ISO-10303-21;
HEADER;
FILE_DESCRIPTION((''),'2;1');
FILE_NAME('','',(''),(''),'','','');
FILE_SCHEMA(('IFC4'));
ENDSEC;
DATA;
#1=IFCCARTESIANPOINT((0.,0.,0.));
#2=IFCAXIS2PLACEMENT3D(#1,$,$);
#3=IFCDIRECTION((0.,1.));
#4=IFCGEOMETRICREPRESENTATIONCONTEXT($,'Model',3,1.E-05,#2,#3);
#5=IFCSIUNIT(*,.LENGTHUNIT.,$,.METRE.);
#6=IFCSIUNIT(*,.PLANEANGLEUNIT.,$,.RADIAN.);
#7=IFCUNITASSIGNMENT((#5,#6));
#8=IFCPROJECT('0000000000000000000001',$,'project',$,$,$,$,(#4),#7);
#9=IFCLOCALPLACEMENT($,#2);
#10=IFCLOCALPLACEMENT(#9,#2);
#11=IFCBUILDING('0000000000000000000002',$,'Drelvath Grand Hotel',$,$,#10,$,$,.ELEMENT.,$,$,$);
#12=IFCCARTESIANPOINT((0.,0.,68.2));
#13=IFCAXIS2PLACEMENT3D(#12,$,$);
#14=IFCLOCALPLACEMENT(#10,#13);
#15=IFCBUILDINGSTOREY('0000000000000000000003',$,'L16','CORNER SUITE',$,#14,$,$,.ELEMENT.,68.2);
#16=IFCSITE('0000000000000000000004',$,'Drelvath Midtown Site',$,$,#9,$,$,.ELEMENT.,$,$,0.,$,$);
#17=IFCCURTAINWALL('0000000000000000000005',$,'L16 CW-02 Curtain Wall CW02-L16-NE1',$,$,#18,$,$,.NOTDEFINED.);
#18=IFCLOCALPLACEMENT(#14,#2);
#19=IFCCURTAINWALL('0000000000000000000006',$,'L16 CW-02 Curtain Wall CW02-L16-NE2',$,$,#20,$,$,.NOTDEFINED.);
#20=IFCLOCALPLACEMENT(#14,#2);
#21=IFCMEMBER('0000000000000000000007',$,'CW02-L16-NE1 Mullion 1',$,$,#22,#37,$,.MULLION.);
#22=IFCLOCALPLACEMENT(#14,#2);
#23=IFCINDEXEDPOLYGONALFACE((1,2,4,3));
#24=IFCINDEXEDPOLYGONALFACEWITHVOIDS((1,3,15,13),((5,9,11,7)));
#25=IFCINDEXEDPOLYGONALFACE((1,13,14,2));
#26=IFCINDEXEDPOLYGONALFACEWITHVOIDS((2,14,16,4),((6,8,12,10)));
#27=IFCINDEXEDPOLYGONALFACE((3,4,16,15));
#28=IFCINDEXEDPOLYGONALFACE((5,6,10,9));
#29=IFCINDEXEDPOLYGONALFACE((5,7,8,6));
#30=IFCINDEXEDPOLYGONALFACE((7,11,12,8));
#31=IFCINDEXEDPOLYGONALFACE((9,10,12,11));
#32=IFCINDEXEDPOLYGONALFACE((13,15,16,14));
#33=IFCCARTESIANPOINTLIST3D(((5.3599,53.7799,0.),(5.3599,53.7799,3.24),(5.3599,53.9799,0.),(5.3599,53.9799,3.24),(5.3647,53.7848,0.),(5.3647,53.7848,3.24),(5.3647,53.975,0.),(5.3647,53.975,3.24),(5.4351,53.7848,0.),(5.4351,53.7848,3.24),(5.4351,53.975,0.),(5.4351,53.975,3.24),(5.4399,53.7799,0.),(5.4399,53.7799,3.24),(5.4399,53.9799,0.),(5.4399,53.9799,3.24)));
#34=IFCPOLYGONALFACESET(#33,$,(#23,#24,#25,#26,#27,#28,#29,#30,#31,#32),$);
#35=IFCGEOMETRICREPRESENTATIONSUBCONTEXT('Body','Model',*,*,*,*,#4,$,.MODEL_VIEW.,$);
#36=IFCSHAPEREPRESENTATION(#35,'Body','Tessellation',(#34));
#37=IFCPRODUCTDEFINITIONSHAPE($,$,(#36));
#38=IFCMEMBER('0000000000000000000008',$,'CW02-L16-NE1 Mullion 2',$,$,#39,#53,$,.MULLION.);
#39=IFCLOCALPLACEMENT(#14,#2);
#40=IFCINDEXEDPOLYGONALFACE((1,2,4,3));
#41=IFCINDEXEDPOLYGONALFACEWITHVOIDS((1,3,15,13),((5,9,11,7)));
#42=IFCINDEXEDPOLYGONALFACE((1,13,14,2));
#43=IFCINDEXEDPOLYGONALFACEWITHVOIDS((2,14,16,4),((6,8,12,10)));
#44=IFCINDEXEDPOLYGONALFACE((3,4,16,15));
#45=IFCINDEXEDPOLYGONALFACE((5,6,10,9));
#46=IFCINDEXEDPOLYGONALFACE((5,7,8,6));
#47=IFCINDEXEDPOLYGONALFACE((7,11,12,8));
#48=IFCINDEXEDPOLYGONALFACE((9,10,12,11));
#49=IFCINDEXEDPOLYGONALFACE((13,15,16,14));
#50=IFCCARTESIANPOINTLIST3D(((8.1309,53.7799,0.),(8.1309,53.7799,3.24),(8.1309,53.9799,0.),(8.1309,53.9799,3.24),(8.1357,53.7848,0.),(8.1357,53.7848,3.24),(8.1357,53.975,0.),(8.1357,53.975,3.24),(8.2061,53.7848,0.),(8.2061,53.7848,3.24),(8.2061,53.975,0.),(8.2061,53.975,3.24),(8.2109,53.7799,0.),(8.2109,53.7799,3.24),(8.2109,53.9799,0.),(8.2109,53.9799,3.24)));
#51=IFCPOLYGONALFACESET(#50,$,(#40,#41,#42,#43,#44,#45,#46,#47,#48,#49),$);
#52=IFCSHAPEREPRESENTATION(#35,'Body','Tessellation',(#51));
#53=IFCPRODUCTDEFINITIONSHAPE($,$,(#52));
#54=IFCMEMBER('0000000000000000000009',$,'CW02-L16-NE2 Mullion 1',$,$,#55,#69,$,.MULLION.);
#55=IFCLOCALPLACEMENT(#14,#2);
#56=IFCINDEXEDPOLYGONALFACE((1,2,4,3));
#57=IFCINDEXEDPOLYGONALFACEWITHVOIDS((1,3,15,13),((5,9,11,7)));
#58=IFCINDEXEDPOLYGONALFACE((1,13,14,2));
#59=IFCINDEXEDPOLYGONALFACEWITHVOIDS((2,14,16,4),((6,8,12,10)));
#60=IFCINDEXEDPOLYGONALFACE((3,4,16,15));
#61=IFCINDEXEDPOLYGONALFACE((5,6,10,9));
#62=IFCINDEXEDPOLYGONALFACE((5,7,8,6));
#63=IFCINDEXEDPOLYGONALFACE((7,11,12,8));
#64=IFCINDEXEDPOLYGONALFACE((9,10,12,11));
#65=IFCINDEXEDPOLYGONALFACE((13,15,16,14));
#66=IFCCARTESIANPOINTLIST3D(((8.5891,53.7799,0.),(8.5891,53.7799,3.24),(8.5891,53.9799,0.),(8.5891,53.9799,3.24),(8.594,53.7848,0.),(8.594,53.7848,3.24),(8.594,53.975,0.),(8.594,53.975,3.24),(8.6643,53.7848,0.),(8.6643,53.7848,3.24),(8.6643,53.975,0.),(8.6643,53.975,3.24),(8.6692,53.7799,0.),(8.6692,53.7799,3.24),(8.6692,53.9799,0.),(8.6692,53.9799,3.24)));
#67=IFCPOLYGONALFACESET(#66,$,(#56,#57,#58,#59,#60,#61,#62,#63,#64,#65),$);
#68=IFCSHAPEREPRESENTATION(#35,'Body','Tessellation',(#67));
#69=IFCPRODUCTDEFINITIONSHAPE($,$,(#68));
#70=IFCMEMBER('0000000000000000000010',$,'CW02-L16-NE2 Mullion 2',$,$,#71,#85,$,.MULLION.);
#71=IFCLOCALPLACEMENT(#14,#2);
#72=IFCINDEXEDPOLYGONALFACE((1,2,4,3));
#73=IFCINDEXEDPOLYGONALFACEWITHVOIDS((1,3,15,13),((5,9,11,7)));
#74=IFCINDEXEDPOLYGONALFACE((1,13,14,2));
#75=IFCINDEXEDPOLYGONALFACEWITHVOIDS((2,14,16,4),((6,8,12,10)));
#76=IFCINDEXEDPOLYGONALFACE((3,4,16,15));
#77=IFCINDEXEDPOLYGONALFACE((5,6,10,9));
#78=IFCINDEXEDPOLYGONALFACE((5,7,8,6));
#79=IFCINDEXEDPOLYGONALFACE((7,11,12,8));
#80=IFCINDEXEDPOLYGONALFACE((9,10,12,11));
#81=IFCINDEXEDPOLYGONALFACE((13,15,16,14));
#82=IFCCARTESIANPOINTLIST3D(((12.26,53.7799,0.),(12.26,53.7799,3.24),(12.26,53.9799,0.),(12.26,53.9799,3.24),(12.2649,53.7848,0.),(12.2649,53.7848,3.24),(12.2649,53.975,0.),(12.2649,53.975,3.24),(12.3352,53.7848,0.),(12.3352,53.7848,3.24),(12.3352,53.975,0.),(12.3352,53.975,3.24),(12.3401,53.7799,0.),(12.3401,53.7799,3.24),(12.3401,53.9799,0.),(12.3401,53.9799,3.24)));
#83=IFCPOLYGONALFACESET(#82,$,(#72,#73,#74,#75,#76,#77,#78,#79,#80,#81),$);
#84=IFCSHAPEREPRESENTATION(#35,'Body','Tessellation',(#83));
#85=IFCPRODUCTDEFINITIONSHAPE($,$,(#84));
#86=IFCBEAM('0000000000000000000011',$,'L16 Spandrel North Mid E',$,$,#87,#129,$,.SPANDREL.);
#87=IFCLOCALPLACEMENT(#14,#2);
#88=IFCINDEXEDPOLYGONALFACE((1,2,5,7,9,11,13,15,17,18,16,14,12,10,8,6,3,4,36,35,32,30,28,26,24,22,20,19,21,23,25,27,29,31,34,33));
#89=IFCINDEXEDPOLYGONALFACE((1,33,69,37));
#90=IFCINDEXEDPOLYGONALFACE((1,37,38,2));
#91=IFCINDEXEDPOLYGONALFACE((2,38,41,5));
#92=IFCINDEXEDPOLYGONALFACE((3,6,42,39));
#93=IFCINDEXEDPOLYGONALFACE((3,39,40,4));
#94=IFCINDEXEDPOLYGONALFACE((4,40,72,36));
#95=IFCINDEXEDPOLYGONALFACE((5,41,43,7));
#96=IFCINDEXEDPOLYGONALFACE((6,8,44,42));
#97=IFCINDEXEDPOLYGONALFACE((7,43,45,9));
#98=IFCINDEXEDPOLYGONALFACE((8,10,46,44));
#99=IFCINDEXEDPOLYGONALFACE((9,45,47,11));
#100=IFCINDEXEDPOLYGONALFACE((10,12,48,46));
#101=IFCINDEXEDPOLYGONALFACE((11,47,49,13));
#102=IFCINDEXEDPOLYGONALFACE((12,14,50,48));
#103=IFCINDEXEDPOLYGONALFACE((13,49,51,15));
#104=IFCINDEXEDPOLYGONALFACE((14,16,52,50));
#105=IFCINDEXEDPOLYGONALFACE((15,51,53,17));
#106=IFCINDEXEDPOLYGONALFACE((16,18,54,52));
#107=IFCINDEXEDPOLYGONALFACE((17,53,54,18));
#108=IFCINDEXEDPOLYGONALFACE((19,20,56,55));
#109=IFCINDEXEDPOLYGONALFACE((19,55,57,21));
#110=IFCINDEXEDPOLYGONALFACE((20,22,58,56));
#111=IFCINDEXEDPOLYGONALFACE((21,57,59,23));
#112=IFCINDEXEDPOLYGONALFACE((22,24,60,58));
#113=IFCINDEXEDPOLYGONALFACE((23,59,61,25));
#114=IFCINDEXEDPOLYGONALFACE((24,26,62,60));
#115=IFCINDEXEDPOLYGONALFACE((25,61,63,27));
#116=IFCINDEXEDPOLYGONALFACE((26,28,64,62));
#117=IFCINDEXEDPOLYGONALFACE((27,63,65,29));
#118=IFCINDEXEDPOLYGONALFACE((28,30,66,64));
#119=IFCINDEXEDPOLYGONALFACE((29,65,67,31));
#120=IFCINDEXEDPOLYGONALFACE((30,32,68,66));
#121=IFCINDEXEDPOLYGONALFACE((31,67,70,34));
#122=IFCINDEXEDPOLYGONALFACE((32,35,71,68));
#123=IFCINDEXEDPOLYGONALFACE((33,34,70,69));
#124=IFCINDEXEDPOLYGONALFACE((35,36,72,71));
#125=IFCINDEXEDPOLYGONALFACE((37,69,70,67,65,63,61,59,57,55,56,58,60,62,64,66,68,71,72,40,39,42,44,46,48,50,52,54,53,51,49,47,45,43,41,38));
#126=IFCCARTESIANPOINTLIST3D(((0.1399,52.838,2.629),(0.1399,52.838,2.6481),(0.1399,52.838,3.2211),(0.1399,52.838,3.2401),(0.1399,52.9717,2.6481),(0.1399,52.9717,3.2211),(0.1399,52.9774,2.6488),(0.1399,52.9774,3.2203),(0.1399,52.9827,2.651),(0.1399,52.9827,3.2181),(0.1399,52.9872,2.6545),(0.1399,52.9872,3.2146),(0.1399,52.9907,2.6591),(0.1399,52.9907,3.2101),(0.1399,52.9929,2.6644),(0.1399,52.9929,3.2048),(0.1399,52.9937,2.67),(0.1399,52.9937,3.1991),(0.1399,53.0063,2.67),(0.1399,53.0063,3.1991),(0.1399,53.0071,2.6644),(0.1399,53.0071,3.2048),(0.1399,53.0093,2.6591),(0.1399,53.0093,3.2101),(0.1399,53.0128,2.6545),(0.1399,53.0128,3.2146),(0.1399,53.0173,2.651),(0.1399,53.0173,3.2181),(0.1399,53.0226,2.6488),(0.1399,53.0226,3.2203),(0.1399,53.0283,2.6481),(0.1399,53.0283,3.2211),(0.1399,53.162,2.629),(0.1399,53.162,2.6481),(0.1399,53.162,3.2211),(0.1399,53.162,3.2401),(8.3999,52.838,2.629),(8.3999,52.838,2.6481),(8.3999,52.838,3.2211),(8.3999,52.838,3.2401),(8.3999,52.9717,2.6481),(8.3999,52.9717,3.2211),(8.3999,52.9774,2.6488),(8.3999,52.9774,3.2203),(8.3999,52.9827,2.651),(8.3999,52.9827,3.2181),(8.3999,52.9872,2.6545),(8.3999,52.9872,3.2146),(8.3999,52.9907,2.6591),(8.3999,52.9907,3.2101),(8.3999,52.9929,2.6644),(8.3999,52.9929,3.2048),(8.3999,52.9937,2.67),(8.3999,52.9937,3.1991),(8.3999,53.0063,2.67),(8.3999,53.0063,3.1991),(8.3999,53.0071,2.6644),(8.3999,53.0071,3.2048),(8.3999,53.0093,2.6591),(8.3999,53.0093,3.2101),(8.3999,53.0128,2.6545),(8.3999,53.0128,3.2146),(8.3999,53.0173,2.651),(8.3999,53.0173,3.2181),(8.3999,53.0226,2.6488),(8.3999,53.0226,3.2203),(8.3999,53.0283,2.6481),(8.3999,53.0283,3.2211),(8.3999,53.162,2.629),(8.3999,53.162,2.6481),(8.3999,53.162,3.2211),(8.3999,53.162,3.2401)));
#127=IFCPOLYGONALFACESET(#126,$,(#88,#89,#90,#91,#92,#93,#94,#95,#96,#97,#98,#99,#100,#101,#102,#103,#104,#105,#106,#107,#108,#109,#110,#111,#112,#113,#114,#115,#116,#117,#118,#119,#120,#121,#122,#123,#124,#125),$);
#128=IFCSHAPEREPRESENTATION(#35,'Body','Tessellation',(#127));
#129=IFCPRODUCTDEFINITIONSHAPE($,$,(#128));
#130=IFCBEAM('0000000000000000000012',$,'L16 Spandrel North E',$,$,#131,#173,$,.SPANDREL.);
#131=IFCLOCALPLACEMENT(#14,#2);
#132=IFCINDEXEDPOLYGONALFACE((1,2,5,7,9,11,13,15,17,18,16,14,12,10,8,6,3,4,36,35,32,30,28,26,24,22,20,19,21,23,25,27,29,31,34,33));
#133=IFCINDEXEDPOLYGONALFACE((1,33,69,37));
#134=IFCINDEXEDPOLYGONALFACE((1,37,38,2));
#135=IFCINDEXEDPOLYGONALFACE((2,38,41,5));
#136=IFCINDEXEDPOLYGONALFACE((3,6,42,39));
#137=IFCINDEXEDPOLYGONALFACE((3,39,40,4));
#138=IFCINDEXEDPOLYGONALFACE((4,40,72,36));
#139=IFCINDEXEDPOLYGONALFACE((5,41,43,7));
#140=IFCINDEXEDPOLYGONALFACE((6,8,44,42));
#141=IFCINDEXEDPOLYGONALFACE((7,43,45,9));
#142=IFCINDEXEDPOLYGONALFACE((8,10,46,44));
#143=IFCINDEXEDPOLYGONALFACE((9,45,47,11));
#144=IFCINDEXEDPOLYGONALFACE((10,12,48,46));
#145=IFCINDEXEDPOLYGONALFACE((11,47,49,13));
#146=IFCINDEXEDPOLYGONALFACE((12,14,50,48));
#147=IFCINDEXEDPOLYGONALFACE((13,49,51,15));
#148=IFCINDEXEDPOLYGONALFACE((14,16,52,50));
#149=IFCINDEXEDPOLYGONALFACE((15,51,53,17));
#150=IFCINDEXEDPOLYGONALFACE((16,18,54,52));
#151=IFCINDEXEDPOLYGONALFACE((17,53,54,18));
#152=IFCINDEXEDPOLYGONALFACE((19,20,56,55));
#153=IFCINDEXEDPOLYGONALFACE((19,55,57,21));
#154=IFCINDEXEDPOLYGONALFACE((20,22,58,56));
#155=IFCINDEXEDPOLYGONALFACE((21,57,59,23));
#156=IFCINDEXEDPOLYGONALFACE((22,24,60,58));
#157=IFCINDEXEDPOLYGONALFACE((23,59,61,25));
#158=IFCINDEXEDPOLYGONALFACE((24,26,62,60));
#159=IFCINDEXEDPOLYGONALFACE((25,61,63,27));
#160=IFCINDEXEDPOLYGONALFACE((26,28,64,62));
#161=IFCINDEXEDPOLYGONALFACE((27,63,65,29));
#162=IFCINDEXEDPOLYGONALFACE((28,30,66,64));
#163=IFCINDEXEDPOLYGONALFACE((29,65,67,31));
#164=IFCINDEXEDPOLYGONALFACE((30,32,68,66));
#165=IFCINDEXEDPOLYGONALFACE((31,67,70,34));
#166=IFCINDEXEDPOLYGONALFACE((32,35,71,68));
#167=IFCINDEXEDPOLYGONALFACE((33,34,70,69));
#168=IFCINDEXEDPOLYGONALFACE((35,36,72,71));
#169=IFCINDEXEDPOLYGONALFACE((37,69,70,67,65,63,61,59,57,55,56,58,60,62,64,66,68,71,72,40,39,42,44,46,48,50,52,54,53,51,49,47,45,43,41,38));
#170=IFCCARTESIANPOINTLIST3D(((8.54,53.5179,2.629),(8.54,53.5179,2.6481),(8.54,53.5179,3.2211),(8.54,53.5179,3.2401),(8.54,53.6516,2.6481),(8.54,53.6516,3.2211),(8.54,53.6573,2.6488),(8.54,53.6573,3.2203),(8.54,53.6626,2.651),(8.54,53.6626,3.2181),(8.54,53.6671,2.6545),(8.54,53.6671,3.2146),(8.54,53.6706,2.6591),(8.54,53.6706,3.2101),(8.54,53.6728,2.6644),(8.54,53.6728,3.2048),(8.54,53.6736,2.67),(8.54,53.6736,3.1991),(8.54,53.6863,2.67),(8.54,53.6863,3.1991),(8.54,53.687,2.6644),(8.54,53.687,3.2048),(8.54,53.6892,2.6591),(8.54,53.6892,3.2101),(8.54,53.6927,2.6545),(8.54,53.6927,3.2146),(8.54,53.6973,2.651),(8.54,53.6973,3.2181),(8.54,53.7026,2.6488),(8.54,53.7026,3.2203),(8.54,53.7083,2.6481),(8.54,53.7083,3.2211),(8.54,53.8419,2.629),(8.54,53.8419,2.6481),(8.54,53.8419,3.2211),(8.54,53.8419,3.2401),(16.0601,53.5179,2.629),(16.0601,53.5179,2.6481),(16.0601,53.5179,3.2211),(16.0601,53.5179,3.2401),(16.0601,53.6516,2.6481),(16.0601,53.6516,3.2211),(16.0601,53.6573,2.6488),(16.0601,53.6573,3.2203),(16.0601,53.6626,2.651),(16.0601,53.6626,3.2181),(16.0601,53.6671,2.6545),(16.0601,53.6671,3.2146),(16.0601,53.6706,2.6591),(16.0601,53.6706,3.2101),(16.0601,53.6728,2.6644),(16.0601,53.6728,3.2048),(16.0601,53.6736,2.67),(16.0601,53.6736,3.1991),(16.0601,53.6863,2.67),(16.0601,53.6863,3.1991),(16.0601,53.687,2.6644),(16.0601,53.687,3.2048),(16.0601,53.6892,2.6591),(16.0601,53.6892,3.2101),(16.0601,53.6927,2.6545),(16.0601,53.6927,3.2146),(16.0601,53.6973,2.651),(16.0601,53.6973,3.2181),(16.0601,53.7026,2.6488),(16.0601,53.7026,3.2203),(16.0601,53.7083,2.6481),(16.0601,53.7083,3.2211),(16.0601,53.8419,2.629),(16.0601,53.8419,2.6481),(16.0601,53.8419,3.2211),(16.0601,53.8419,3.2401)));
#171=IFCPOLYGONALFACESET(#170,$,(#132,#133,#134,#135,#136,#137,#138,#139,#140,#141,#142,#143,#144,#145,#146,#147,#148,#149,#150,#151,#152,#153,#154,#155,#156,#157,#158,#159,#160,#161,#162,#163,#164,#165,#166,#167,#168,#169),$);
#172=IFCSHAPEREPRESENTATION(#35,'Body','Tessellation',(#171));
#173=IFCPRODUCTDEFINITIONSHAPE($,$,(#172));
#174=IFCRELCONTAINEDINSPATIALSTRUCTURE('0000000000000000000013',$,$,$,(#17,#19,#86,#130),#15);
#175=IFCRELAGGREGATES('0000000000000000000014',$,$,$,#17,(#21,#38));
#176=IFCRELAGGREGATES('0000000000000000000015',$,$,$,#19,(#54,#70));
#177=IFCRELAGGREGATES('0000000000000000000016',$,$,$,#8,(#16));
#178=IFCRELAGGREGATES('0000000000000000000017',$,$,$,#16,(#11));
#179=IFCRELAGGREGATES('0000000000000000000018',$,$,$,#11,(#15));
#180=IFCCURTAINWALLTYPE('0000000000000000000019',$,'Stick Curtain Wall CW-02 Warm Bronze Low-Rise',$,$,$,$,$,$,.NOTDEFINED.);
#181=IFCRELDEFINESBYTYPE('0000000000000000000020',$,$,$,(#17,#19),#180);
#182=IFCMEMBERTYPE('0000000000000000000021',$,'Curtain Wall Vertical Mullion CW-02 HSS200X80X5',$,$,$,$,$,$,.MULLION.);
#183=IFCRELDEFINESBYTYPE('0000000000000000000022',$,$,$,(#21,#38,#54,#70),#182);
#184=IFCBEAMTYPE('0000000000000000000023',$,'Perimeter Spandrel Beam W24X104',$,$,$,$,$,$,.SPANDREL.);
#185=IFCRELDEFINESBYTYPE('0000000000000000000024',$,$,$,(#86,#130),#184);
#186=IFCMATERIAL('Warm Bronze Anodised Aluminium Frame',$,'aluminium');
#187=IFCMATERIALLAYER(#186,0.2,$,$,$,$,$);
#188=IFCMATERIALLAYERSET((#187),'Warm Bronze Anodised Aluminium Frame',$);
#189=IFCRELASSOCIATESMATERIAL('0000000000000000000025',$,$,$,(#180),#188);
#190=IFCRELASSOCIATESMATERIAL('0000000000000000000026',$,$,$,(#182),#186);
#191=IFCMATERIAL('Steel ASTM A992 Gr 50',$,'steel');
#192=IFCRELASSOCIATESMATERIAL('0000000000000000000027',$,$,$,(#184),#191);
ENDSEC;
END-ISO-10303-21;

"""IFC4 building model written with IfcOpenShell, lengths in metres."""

from ifc_helpers import new_model, si_unit, direction, frame, origin, origin_2d, place, context, subcontext, project, spatial, hollow_rectangle, i_section, extrude, material, layer, layer_set, material_profile, profile_set, type_object, element, aggregate, save


model = new_model("IFC4")

# Units and contexts
model_context = context("Model", 3, precision=1e-05, world=origin(), true_north=direction((0.0, 1.0)))
body_context = subcontext(model_context, "Body", "Model", "MODEL_VIEW")
ifc_project = project(units=[si_unit("LENGTHUNIT", "METRE"), si_unit("PLANEANGLEUNIT", "RADIAN")], contexts=[model_context])

# Site, building, storey
site_placement = place(None, origin())
site = spatial("IfcSite", under=ifc_project, at=site_placement, Name="Drelvath Midtown Site", CompositionType="ELEMENT", RefElevation=0.0)
building_placement = place(site_placement, origin())
building = spatial("IfcBuilding", under=site, at=building_placement, Name="Drelvath Grand Hotel", CompositionType="ELEMENT")
storey_placement = place(building_placement, frame((0.0, 0.0, 68.2)))
storey = spatial("IfcBuildingStorey", under=building, at=storey_placement, Name="L16", Description="CORNER SUITE", CompositionType="ELEMENT", Elevation=68.2)

# Curtain walls
ifc_material_1 = material(Name="Warm Bronze Anodised Aluminium Frame", Category="aluminium")
ifc_layer_1 = layer(ifc_material_1, 0.2)
ifc_layer_set_1 = layer_set([ifc_layer_1], Name="Warm Bronze Anodised Aluminium Frame")
curtain_wall_type = type_object("IfcCurtainWallType", Name="Stick Curtain Wall CW-02 Warm Bronze Low-Rise", PredefinedType="NOTDEFINED", material=ifc_layer_set_1)
curtain_wall_1_placement = place(storey_placement, origin())
curtain_wall_1 = element("IfcCurtainWall", 1, at=curtain_wall_1_placement, inside=storey, type_object=curtain_wall_type, Name="L16 CW-02 Curtain Wall CW02-L16-NE1", PredefinedType="NOTDEFINED")
curtain_wall_2_placement = place(storey_placement, origin())
curtain_wall_2 = element("IfcCurtainWall", 2, at=curtain_wall_2_placement, inside=storey, type_object=curtain_wall_type, Name="L16 CW-02 Curtain Wall CW02-L16-NE2", PredefinedType="NOTDEFINED")

# Members
ifc_material_profile_1 = material_profile(ifc_material_1, hollow_rectangle(XDim=0.0801, YDim=0.2, WallThickness=0.0049, at=origin_2d()), Name="HSS200X80X5")
ifc_profile_set_1 = profile_set([ifc_material_profile_1], Name="Warm Bronze Anodised Aluminium Frame")
member_type_1 = type_object("IfcMemberType", Name="Curtain Wall Vertical Mullion CW-02 HSS200X80X5", PredefinedType="MULLION", material=ifc_profile_set_1)
member_1_placement = place(storey_placement, frame((5.3999, 53.8799, 0.0), z_axis=(0.0, 0.0, 1.0), x_axis=(1.0, 0.0, 0.0)))
member_1 = element("IfcMember", 3, at=member_1_placement, type_object=member_type_1, Name="CW02-L16-NE1 Mullion 1", PredefinedType="MULLION", context=body_context, shape_type="SweptSolid", body=[
    extrude(hollow_rectangle(XDim=0.0801, YDim=0.2, WallThickness=0.0049, at=origin_2d()), origin(), (0.0, 0.0, 1.0), 3.24),
])
member_2_placement = place(storey_placement, frame((8.1709, 53.8799, 0.0), z_axis=(0.0, 0.0, 1.0), x_axis=(1.0, 0.0, 0.0)))
member_2 = element("IfcMember", 4, at=member_2_placement, type_object=member_type_1, Name="CW02-L16-NE1 Mullion 2", PredefinedType="MULLION", context=body_context, shape_type="SweptSolid", body=[
    extrude(hollow_rectangle(XDim=0.0801, YDim=0.2, WallThickness=0.0049, at=origin_2d()), origin(), (0.0, 0.0, 1.0), 3.24),
])
member_3_placement = place(storey_placement, frame((8.6292, 53.8799, 0.0), z_axis=(0.0, 0.0, 1.0), x_axis=(1.0, 0.0, 0.0)))
member_3 = element("IfcMember", 5, at=member_3_placement, type_object=member_type_1, Name="CW02-L16-NE2 Mullion 1", PredefinedType="MULLION", context=body_context, shape_type="SweptSolid", body=[
    extrude(hollow_rectangle(XDim=0.0801, YDim=0.2, WallThickness=0.0049, at=origin_2d()), origin(), (0.0, 0.0, 1.0), 3.24),
])
member_4_placement = place(storey_placement, frame((12.3, 53.8799, 0.0), z_axis=(0.0, 0.0, 1.0), x_axis=(1.0, 0.0, 0.0)))
member_4 = element("IfcMember", 6, at=member_4_placement, type_object=member_type_1, Name="CW02-L16-NE2 Mullion 2", PredefinedType="MULLION", context=body_context, shape_type="SweptSolid", body=[
    extrude(hollow_rectangle(XDim=0.0801, YDim=0.2, WallThickness=0.0049, at=origin_2d()), origin(), (0.0, 0.0, 1.0), 3.24),
])

# Beams
ifc_material_2 = material(Name="Steel ASTM A992 Gr 50", Category="steel")
ifc_material_profile_2 = material_profile(ifc_material_2, i_section(OverallWidth=0.324, OverallDepth=0.6111, WebThickness=0.0127, FlangeThickness=0.019, FilletRadius=0.022, at=origin_2d()), Name="W24X104")
ifc_profile_set_2 = profile_set([ifc_material_profile_2], Name="Steel ASTM A992 Gr 50")
beam_type_1 = type_object("IfcBeamType", Name="Perimeter Spandrel Beam W24X104", PredefinedType="SPANDREL", material=ifc_profile_set_2)
beam_1_placement = place(storey_placement, frame((0.1399, 53.0, 2.9346), z_axis=(1.0, 0.0, 0.0), x_axis=(0.0, 1.0, 0.0)))
element("IfcBeam", 7, at=beam_1_placement, inside=storey, type_object=beam_type_1, Name="L16 Spandrel North Mid E", PredefinedType="SPANDREL", context=body_context, shape_type="SweptSolid", body=[
    extrude(i_section(OverallWidth=0.324, OverallDepth=0.6111, WebThickness=0.0127, FlangeThickness=0.019, FilletRadius=0.022, at=origin_2d()), origin(), (0.0, 0.0, 1.0), 8.26),
])
beam_2_placement = place(storey_placement, frame((8.54, 53.6799, 2.9346), z_axis=(1.0, 0.0, 0.0), x_axis=(0.0, 1.0, 0.0)))
element("IfcBeam", 8, at=beam_2_placement, inside=storey, type_object=beam_type_1, Name="L16 Spandrel North E", PredefinedType="SPANDREL", context=body_context, shape_type="SweptSolid", body=[
    extrude(i_section(OverallWidth=0.324, OverallDepth=0.6111, WebThickness=0.0127, FlangeThickness=0.019, FilletRadius=0.022, at=origin_2d()), origin(), (0.0, 0.0, 1.0), 7.52),
])

aggregate(curtain_wall_1, [member_1, member_2])
aggregate(curtain_wall_2, [member_3, member_4])

save(model, "model.ifc")
